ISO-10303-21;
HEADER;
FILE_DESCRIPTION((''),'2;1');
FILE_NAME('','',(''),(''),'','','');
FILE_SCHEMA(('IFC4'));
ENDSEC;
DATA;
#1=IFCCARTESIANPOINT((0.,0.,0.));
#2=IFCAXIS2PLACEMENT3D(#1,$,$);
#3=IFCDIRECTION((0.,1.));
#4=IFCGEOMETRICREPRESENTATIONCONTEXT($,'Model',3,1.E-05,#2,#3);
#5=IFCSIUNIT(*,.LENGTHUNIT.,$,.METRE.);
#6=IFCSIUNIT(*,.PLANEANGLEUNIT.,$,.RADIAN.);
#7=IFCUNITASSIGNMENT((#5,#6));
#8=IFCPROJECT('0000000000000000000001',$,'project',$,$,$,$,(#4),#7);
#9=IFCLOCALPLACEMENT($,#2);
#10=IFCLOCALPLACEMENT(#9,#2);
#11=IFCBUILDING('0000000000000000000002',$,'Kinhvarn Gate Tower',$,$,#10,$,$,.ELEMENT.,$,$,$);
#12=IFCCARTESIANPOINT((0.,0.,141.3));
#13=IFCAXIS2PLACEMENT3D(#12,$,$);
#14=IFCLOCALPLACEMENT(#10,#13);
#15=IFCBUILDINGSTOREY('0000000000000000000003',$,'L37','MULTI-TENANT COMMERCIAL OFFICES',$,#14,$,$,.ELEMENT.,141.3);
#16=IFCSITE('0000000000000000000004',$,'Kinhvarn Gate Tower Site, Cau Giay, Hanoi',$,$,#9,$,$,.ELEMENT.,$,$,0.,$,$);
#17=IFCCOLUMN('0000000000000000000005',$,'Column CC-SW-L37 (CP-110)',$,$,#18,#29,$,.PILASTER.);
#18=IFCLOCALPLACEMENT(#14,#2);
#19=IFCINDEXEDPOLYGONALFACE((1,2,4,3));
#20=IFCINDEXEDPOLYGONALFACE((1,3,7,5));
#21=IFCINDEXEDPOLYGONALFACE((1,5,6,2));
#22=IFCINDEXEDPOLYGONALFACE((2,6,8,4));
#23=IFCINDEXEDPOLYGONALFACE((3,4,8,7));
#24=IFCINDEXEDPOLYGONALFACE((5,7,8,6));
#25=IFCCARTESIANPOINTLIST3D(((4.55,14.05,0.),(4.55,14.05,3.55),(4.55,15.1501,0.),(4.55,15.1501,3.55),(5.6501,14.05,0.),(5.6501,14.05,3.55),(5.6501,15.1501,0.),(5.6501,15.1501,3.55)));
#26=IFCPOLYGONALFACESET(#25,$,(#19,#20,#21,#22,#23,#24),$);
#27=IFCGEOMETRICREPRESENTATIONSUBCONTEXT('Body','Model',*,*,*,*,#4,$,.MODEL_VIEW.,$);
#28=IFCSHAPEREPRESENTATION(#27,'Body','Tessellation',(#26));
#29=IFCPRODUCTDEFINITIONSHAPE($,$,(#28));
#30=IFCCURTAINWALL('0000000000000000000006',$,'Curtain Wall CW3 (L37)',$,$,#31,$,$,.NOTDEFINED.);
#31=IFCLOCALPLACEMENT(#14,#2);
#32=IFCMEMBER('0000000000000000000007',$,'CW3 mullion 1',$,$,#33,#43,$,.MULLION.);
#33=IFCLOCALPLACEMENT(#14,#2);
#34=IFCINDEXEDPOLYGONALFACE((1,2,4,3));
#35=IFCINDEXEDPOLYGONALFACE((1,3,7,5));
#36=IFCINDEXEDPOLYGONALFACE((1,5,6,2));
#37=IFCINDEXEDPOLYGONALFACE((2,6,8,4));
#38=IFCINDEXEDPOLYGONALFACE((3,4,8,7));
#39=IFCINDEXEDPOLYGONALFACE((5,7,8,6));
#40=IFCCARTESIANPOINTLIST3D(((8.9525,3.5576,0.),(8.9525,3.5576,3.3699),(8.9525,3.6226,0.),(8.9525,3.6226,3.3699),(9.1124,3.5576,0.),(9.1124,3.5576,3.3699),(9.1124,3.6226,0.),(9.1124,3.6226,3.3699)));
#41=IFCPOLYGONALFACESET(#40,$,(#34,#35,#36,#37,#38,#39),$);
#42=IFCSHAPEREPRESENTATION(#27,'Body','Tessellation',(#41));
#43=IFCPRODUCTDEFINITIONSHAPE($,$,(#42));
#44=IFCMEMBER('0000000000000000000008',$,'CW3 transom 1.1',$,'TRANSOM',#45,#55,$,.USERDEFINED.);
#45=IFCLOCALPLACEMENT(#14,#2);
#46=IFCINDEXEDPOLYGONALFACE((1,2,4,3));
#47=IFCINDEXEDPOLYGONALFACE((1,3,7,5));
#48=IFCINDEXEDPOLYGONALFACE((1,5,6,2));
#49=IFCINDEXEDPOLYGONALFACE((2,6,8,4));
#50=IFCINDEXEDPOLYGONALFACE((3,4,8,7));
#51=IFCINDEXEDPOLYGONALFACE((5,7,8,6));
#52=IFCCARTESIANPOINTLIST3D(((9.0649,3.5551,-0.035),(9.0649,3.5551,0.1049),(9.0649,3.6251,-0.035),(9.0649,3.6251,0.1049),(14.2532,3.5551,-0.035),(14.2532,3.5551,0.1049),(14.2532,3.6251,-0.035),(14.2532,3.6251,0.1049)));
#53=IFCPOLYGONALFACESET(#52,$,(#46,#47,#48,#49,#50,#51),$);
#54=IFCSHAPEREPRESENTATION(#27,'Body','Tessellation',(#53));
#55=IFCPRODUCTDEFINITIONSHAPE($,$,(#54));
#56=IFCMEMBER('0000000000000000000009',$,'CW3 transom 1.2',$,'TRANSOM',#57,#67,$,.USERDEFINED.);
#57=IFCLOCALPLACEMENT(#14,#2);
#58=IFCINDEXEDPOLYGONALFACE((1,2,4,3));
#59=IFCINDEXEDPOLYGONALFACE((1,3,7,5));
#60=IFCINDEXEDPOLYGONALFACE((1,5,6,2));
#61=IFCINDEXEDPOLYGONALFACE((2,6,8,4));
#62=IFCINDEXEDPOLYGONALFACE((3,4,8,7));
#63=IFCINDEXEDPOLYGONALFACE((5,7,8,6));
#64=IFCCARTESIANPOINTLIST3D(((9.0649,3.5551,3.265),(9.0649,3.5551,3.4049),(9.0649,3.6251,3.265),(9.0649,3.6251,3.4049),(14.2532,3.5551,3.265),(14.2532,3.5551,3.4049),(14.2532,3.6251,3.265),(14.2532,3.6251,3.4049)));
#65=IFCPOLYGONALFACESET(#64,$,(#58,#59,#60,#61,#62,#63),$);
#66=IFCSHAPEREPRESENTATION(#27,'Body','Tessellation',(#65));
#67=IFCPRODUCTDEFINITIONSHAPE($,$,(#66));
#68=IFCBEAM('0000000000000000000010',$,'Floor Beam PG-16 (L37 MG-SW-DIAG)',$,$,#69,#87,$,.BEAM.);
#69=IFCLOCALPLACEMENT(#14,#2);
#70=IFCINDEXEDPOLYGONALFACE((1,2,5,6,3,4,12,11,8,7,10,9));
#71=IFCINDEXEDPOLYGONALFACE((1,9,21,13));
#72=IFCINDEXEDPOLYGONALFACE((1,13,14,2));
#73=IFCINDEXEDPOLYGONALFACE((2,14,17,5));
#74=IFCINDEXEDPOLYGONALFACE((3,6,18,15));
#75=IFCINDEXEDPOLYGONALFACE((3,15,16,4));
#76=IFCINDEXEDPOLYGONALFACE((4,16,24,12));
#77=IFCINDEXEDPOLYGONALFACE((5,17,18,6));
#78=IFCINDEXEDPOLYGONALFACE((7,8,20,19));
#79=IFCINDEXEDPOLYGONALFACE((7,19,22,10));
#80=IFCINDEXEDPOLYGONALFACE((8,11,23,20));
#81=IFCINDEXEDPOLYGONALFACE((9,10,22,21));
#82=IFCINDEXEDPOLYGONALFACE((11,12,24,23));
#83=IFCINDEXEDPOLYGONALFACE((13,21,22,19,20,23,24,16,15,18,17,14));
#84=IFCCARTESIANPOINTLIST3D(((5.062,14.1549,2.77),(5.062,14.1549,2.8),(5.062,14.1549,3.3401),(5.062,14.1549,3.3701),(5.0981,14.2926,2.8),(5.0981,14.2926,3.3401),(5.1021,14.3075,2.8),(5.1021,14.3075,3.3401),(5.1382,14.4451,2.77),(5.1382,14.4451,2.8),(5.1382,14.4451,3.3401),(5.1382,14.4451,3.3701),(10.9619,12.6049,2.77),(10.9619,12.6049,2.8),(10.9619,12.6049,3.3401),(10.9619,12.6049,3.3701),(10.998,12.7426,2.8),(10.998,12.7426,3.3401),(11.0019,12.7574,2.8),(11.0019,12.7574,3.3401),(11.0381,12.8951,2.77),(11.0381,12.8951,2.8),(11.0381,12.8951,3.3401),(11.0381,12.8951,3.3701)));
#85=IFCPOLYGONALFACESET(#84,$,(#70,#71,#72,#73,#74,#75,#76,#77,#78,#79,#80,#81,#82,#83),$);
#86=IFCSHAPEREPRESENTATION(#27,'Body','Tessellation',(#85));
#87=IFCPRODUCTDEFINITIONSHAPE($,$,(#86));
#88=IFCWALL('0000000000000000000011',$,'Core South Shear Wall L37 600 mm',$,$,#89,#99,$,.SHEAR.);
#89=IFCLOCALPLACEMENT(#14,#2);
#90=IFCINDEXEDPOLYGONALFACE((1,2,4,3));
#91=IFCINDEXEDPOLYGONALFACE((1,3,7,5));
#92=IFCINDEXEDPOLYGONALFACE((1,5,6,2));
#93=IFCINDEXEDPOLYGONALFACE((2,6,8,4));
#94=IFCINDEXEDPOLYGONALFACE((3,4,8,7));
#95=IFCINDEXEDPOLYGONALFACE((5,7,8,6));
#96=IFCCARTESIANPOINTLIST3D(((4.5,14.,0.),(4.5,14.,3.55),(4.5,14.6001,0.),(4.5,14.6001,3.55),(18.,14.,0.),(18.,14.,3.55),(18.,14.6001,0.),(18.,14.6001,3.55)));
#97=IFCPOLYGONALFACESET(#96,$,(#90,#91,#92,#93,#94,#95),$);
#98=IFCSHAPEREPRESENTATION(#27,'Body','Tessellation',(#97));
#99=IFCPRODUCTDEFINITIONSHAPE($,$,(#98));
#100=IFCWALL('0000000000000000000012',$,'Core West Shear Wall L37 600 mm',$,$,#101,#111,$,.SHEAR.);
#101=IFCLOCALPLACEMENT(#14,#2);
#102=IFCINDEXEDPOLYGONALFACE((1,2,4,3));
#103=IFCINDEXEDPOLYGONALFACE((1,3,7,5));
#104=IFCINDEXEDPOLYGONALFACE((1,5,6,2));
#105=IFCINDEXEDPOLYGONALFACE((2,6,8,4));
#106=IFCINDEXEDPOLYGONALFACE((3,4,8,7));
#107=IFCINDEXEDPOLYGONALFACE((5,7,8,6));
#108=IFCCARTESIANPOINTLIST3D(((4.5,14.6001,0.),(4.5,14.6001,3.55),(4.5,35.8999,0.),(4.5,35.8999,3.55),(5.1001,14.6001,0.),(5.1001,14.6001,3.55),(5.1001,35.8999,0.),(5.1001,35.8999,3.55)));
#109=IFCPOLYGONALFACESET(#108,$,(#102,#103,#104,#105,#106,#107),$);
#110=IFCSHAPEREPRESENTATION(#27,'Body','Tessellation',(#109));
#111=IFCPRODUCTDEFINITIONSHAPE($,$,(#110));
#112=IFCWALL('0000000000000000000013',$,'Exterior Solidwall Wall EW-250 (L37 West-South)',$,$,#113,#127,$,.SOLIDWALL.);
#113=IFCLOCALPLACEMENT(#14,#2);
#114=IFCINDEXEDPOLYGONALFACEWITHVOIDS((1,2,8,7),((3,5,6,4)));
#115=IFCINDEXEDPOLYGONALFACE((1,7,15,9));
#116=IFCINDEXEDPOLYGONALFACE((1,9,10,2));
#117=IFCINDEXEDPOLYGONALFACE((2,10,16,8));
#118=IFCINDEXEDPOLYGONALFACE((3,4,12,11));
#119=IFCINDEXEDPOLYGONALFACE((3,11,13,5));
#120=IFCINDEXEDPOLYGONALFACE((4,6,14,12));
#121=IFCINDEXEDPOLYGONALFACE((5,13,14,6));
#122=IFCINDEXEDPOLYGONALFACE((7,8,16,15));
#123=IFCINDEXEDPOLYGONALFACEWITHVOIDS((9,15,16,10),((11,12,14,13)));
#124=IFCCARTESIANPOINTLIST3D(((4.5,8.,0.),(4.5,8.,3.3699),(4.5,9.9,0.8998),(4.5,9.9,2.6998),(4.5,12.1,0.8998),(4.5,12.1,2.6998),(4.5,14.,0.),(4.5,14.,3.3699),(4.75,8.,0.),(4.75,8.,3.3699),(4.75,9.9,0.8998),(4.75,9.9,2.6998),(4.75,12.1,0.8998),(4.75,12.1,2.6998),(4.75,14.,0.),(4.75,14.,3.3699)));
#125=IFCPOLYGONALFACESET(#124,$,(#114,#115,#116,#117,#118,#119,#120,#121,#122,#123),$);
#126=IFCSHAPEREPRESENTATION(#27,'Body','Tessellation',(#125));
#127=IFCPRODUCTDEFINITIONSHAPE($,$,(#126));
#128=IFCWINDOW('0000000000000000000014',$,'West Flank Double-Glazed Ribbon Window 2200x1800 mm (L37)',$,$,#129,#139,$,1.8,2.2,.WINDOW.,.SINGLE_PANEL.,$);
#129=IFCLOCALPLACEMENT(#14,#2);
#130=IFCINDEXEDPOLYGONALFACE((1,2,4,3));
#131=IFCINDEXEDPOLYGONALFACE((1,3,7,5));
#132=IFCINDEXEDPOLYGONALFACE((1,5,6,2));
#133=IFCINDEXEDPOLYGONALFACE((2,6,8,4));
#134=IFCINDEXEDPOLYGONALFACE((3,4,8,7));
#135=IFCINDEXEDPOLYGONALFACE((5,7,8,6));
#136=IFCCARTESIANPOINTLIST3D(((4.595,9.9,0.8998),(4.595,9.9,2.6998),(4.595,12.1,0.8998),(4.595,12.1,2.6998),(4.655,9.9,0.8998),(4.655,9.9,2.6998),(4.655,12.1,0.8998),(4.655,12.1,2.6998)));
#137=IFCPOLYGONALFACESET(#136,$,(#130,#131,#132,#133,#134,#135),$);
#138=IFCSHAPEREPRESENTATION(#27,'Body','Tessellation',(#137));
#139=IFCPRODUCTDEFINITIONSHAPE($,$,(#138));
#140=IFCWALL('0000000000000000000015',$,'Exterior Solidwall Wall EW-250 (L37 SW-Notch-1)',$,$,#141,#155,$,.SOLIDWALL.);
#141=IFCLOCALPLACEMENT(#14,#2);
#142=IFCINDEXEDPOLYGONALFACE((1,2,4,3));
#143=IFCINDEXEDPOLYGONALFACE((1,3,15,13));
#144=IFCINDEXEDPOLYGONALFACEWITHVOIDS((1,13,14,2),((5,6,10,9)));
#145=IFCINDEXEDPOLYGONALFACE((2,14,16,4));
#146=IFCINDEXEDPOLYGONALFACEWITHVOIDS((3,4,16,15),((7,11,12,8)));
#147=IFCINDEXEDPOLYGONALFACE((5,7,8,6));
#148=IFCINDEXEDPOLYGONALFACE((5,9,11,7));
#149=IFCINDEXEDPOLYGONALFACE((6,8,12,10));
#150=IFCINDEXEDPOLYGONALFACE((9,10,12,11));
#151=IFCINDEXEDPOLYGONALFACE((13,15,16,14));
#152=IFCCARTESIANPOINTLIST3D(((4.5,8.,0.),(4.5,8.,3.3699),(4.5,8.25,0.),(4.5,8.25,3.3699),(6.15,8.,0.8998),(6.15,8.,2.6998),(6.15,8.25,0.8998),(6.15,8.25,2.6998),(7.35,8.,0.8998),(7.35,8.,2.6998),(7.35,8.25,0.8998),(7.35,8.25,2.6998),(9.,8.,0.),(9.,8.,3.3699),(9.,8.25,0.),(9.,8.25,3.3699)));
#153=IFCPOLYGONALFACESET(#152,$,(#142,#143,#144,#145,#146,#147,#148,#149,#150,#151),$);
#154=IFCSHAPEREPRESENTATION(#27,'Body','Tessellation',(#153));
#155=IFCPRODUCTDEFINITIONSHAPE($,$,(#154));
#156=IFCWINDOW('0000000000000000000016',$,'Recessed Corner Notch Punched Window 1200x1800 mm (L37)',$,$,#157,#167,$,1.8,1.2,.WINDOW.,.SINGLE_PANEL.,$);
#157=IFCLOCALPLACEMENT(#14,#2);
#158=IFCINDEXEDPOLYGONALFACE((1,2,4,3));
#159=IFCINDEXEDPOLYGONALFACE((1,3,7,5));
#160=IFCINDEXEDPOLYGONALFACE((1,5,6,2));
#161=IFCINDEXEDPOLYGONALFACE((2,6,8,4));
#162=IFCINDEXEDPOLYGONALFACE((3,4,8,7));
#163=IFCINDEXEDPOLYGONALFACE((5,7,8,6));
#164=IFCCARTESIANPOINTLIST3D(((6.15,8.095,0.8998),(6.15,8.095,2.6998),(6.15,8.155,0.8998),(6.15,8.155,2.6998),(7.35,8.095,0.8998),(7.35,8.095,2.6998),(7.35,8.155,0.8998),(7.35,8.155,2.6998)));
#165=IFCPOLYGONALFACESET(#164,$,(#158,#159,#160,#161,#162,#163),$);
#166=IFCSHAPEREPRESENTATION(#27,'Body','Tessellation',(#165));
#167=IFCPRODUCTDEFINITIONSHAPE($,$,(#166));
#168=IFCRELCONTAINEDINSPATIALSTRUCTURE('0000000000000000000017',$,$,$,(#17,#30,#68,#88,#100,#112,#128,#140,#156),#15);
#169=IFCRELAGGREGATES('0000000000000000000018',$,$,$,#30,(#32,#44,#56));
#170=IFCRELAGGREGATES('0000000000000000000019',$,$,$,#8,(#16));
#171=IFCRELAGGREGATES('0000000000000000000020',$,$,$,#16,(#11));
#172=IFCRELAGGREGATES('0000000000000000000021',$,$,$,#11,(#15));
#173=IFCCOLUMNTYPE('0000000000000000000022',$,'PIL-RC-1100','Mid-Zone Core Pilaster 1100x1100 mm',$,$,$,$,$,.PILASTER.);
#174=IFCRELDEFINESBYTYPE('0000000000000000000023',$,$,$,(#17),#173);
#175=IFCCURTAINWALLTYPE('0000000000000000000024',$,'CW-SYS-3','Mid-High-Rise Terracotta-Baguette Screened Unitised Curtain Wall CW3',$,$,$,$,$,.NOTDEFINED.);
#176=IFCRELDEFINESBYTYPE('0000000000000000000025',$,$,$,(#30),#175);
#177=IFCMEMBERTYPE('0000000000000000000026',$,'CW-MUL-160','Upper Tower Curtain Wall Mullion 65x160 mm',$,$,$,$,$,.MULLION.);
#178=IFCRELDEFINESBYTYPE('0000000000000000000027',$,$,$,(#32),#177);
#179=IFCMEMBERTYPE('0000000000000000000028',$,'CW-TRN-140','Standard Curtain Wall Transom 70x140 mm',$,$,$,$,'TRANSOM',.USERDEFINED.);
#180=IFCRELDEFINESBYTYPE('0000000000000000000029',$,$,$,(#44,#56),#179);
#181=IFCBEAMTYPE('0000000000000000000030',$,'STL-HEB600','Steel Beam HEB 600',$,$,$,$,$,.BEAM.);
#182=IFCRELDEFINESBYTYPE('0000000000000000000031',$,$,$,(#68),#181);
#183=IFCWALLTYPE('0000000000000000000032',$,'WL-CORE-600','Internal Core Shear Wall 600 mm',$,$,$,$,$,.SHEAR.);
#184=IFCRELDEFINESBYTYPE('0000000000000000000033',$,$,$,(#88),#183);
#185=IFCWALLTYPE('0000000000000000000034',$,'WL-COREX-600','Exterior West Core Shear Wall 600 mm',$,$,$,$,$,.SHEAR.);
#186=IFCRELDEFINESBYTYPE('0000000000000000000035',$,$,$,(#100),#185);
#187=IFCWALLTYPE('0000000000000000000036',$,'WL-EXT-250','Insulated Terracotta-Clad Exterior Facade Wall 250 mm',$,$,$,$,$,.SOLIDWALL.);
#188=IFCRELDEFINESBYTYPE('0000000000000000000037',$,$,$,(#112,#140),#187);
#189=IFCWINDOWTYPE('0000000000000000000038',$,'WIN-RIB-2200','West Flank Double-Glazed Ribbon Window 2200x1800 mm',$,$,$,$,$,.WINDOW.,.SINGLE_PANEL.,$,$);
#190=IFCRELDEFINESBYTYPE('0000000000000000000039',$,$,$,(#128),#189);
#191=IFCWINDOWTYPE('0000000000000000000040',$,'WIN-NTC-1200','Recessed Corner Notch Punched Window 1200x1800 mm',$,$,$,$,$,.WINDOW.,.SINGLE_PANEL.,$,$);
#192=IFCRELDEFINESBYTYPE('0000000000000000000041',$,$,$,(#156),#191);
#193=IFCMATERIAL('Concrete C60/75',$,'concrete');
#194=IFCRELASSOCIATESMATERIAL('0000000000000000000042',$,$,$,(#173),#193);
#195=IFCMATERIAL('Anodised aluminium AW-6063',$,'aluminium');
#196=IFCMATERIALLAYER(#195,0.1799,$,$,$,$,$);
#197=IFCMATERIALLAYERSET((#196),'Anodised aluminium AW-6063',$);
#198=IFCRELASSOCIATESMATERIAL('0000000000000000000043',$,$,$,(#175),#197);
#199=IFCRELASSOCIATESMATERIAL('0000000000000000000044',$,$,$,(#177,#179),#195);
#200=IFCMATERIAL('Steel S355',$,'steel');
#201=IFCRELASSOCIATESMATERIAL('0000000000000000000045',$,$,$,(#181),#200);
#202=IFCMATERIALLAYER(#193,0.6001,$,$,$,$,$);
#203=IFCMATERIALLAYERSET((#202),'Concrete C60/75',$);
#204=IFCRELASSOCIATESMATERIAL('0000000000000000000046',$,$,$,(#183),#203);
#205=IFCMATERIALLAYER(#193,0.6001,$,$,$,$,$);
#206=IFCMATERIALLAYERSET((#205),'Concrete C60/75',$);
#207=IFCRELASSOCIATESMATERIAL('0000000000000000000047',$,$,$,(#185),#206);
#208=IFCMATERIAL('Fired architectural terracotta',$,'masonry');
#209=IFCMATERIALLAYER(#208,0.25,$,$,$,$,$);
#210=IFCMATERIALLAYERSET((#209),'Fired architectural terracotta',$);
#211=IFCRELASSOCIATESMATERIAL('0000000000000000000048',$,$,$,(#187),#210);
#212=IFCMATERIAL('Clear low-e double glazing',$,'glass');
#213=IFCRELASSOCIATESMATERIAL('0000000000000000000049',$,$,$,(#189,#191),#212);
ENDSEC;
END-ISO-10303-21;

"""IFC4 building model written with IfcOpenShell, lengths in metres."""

from ifc_helpers import new_model, si_unit, direction, frame, frame_2d, origin, origin_2d, place, context, subcontext, project, spatial, rectangle, i_section, extrude, material, layer, layer_set, material_profile, profile_set, type_object, element, fill, aggregate, save


model = new_model("IFC4")

# Units and contexts
model_context = context("Model", 3, precision=1e-05, world=origin(), true_north=direction((0.0, 1.0)))
body_context = subcontext(model_context, "Body", "Model", "MODEL_VIEW")
ifc_project = project(units=[si_unit("LENGTHUNIT", "METRE"), si_unit("PLANEANGLEUNIT", "RADIAN")], contexts=[model_context])

# Site, building, storey
site_placement = place(None, origin())
site = spatial("IfcSite", under=ifc_project, at=site_placement, Name="Kinhvarn Gate Tower Site, Cau Giay, Hanoi", CompositionType="ELEMENT", RefElevation=0.0)
building_placement = place(site_placement, origin())
building = spatial("IfcBuilding", under=site, at=building_placement, Name="Kinhvarn Gate Tower", CompositionType="ELEMENT")
storey_placement = place(building_placement, frame((0.0, 0.0, 141.3)))
storey = spatial("IfcBuildingStorey", under=building, at=storey_placement, Name="L37", Description="MULTI-TENANT COMMERCIAL OFFICES", CompositionType="ELEMENT", Elevation=141.3)

# Column
ifc_material_1 = material(Name="Concrete C60/75", Category="concrete")
ifc_material_profile_1 = material_profile(ifc_material_1, rectangle(XDim=1.1001, YDim=1.1001, at=origin_2d()), Name="RC 1100x1100")
ifc_profile_set_1 = profile_set([ifc_material_profile_1], Name="Concrete C60/75")
column_type = type_object("IfcColumnType", Name="PIL-RC-1100", Description="Mid-Zone Core Pilaster 1100x1100 mm", PredefinedType="PILASTER", material=ifc_profile_set_1)
column_placement = place(storey_placement, frame((5.1001, 14.6001, 0.0), z_axis=(0.0, 0.0, 1.0), x_axis=(1.0, 0.0, 0.0)))
element("IfcColumn", 1, at=column_placement, inside=storey, type_object=column_type, Name="Column CC-SW-L37 (CP-110)", PredefinedType="PILASTER", context=body_context, shape_type="SweptSolid", body=[
    extrude(rectangle(XDim=1.1001, YDim=1.1001, at=origin_2d()), origin(), (0.0, 0.0, 1.0), 3.55),
])

# Curtain wall, members
ifc_material_2 = material(Name="Anodised aluminium AW-6063", Category="aluminium")
ifc_layer_1 = layer(ifc_material_2, 0.1799)
ifc_layer_set_1 = layer_set([ifc_layer_1], Name="Anodised aluminium AW-6063")
curtain_wall_type = type_object("IfcCurtainWallType", Name="CW-SYS-3", Description="Mid-High-Rise Terracotta-Baguette Screened Unitised Curtain Wall CW3", PredefinedType="NOTDEFINED", material=ifc_layer_set_1)
curtain_wall_placement = place(storey_placement, origin())
curtain_wall = element("IfcCurtainWall", 2, at=curtain_wall_placement, inside=storey, type_object=curtain_wall_type, Name="Curtain Wall CW3 (L37)", PredefinedType="NOTDEFINED")
ifc_material_profile_2 = material_profile(ifc_material_2, rectangle(XDim=0.0649, YDim=0.1599, at=origin_2d()), Name="ALU 65x160")
ifc_profile_set_2 = profile_set([ifc_material_profile_2], Name="Anodised aluminium AW-6063")
member_type_1 = type_object("IfcMemberType", Name="CW-MUL-160", Description="Upper Tower Curtain Wall Mullion 65x160 mm", PredefinedType="MULLION", material=ifc_profile_set_2)
member_1_placement = place(storey_placement, frame((9.0325, 3.5901, 0.0), z_axis=(0.0, 0.0, 1.0), x_axis=(0.0, 1.0, 0.0)))
member_1 = element("IfcMember", 3, at=member_1_placement, type_object=member_type_1, Name="CW3 mullion 1", PredefinedType="MULLION", context=body_context, shape_type="SweptSolid", body=[
    extrude(rectangle(XDim=0.0649, YDim=0.1599, at=origin_2d()), origin(), (0.0, 0.0, 1.0), 3.3699),
])
ifc_material_profile_3 = material_profile(ifc_material_2, rectangle(XDim=0.0701, YDim=0.1399, at=origin_2d()), Name="ALU 70x140")
ifc_profile_set_3 = profile_set([ifc_material_profile_3], Name="Anodised aluminium AW-6063")
member_type_2 = type_object("IfcMemberType", Name="CW-TRN-140", Description="Standard Curtain Wall Transom 70x140 mm", ElementType="TRANSOM", PredefinedType="USERDEFINED", material=ifc_profile_set_3)
member_2_placement = place(storey_placement, frame((9.0649, 3.5901, 0.0349), z_axis=(1.0, 0.0, 0.0), x_axis=(0.0, 1.0, 0.0)))
member_2 = element("IfcMember", 4, at=member_2_placement, type_object=member_type_2, Name="CW3 transom 1.1", ObjectType="TRANSOM", PredefinedType="USERDEFINED", context=body_context, shape_type="SweptSolid", body=[
    extrude(rectangle(XDim=0.0701, YDim=0.1399, at=origin_2d()), origin(), (0.0, 0.0, 1.0), 5.1882),
])
member_3_placement = place(storey_placement, frame((9.0649, 3.5901, 3.335), z_axis=(1.0, 0.0, 0.0), x_axis=(0.0, 1.0, 0.0)))
member_3 = element("IfcMember", 5, at=member_3_placement, type_object=member_type_2, Name="CW3 transom 1.2", ObjectType="TRANSOM", PredefinedType="USERDEFINED", context=body_context, shape_type="SweptSolid", body=[
    extrude(rectangle(XDim=0.0701, YDim=0.1399, at=origin_2d()), origin(), (0.0, 0.0, 1.0), 5.1882),
])
aggregate(curtain_wall, [member_1, member_2, member_3])

# Beam
ifc_material_3 = material(Name="Steel S355", Category="steel")
ifc_material_profile_4 = material_profile(ifc_material_3, i_section(OverallWidth=0.3, OverallDepth=0.6001, WebThickness=0.0154, FlangeThickness=0.03, at=origin_2d()), Name="HEB 600")
ifc_profile_set_4 = profile_set([ifc_material_profile_4], Name="Steel S355")
beam_type = type_object("IfcBeamType", Name="STL-HEB600", Description="Steel Beam HEB 600", PredefinedType="BEAM", material=ifc_profile_set_4)
beam_placement = place(storey_placement, frame((5.1001, 14.3, 3.0701), z_axis=(0.967178, -0.254101, 0.0), x_axis=(0.254101, 0.967178, 0.0)))
element("IfcBeam", 6, at=beam_placement, inside=storey, type_object=beam_type, Name="Floor Beam PG-16 (L37 MG-SW-DIAG)", PredefinedType="BEAM", context=body_context, shape_type="SweptSolid", body=[
    extrude(i_section(OverallWidth=0.3, OverallDepth=0.6001, WebThickness=0.0154, FlangeThickness=0.03, at=origin_2d()), origin(), (0.0, 0.0, 1.0), 6.1001),
])

# Walls
ifc_layer_2 = layer(ifc_material_1, 0.6001)
ifc_layer_set_2 = layer_set([ifc_layer_2], Name="Concrete C60/75")
wall_type_1 = type_object("IfcWallType", Name="WL-CORE-600", Description="Internal Core Shear Wall 600 mm", PredefinedType="SHEAR", material=ifc_layer_set_2)
wall_1_placement = place(storey_placement, frame((4.5, 14.3, 0.0), z_axis=(0.0, 0.0, 1.0), x_axis=(1.0, 0.0, 0.0)))
element("IfcWall", 7, at=wall_1_placement, inside=storey, type_object=wall_type_1, Name="Core South Shear Wall L37 600 mm", PredefinedType="SHEAR", context=body_context, shape_type="SweptSolid", body=[
    extrude(rectangle(XDim=13.5, YDim=0.6001, at=frame_2d((6.75, 0.0))), origin(), (0.0, 0.0, 1.0), 3.55),
])
ifc_layer_3 = layer(ifc_material_1, 0.6001)
ifc_layer_set_3 = layer_set([ifc_layer_3], Name="Concrete C60/75")
wall_type_2 = type_object("IfcWallType", Name="WL-COREX-600", Description="Exterior West Core Shear Wall 600 mm", PredefinedType="SHEAR", material=ifc_layer_set_3)
wall_2_placement = place(storey_placement, frame((4.8, 14.6001, 0.0), z_axis=(0.0, 0.0, 1.0), x_axis=(0.0, 1.0, 0.0)))
element("IfcWall", 8, at=wall_2_placement, inside=storey, type_object=wall_type_2, Name="Core West Shear Wall L37 600 mm", PredefinedType="SHEAR", context=body_context, shape_type="SweptSolid", body=[
    extrude(rectangle(XDim=21.2998, YDim=0.6001, at=frame_2d((10.6499, 0.0))), origin(), (0.0, 0.0, 1.0), 3.55),
])

# Walls, openings, windows
ifc_material_4 = material(Name="Fired architectural terracotta", Category="masonry")
ifc_layer_4 = layer(ifc_material_4, 0.25)
ifc_layer_set_4 = layer_set([ifc_layer_4], Name="Fired architectural terracotta")
wall_type_3 = type_object("IfcWallType", Name="WL-EXT-250", Description="Insulated Terracotta-Clad Exterior Facade Wall 250 mm", PredefinedType="SOLIDWALL", material=ifc_layer_set_4)
wall_3_placement = place(storey_placement, frame((4.625, 14.0, 0.0), z_axis=(0.0, 0.0, 1.0), x_axis=(0.0, -1.0, 0.0)))
wall_3 = element("IfcWall", 9, at=wall_3_placement, inside=storey, type_object=wall_type_3, Name="Exterior Solidwall Wall EW-250 (L37 West-South)", PredefinedType="SOLIDWALL", context=body_context, shape_type="SweptSolid", body=[
    extrude(rectangle(XDim=6.0, YDim=0.25, at=frame_2d((3.0, 0.0))), origin(), (0.0, 0.0, 1.0), 3.3699),
])
opening_1_placement = place(wall_3_placement, frame((1.8999, 0.0, 0.8999)))
opening_1 = element("IfcOpeningElement", 10, at=opening_1_placement, cuts=wall_3, PredefinedType="OPENING", context=body_context, shape_type="SweptSolid", body=[
    extrude(rectangle(XDim=2.2, YDim=1.8, at=frame_2d((1.1001, 0.8999))), frame((0.0, 0.135, 0.0), z_axis=(0.0, -1.0, 0.0), x_axis=(1.0, 0.0, 0.0)), (0.0, 0.0, 1.0), 0.27),
])
ifc_material_5 = material(Name="Clear low-e double glazing", Category="glass")
window_type_1 = type_object("IfcWindowType", Name="WIN-RIB-2200", Description="West Flank Double-Glazed Ribbon Window 2200x1800 mm", PartitioningType="SINGLE_PANEL", PredefinedType="WINDOW", material=ifc_material_5)
window_1_placement = place(opening_1_placement, origin())
window_1 = element("IfcWindow", 11, at=window_1_placement, inside=storey, type_object=window_type_1, Name="West Flank Double-Glazed Ribbon Window 2200x1800 mm (L37)", OverallHeight=1.8, OverallWidth=2.2, PartitioningType="SINGLE_PANEL", PredefinedType="WINDOW", context=body_context, shape_type="SweptSolid", body=[
    extrude(rectangle(XDim=2.2, YDim=1.8, at=frame_2d((1.1001, 0.8999))), frame((0.0, 0.03, 0.0), z_axis=(0.0, -1.0, 0.0), x_axis=(1.0, 0.0, 0.0)), (0.0, 0.0, 1.0), 0.0601),
])
fill(opening_1, window_1)
wall_4_placement = place(storey_placement, frame((4.5, 8.125, 0.0), z_axis=(0.0, 0.0, 1.0), x_axis=(1.0, 0.0, 0.0)))
wall_4 = element("IfcWall", 12, at=wall_4_placement, inside=storey, type_object=wall_type_3, Name="Exterior Solidwall Wall EW-250 (L37 SW-Notch-1)", PredefinedType="SOLIDWALL", context=body_context, shape_type="SweptSolid", body=[
    extrude(rectangle(XDim=4.5, YDim=0.25, at=frame_2d((2.25, 0.0))), origin(), (0.0, 0.0, 1.0), 3.3699),
])
opening_2_placement = place(wall_4_placement, frame((1.6499, 0.0, 0.8999)))
opening_2 = element("IfcOpeningElement", 13, at=opening_2_placement, cuts=wall_4, PredefinedType="OPENING", context=body_context, shape_type="SweptSolid", body=[
    extrude(rectangle(XDim=1.2, YDim=1.8, at=frame_2d((0.6001, 0.8999))), frame((0.0, 0.135, 0.0), z_axis=(0.0, -1.0, 0.0), x_axis=(1.0, 0.0, 0.0)), (0.0, 0.0, 1.0), 0.27),
])
window_type_2 = type_object("IfcWindowType", Name="WIN-NTC-1200", Description="Recessed Corner Notch Punched Window 1200x1800 mm", PartitioningType="SINGLE_PANEL", PredefinedType="WINDOW", material=ifc_material_5)
window_2_placement = place(opening_2_placement, origin())
window_2 = element("IfcWindow", 14, at=window_2_placement, inside=storey, type_object=window_type_2, Name="Recessed Corner Notch Punched Window 1200x1800 mm (L37)", OverallHeight=1.8, OverallWidth=1.2, PartitioningType="SINGLE_PANEL", PredefinedType="WINDOW", context=body_context, shape_type="SweptSolid", body=[
    extrude(rectangle(XDim=1.2, YDim=1.8, at=frame_2d((0.6001, 0.8999))), frame((0.0, 0.03, 0.0), z_axis=(0.0, -1.0, 0.0), x_axis=(1.0, 0.0, 0.0)), (0.0, 0.0, 1.0), 0.0601),
])
fill(opening_2, window_2)

save(model, "model.ifc")
